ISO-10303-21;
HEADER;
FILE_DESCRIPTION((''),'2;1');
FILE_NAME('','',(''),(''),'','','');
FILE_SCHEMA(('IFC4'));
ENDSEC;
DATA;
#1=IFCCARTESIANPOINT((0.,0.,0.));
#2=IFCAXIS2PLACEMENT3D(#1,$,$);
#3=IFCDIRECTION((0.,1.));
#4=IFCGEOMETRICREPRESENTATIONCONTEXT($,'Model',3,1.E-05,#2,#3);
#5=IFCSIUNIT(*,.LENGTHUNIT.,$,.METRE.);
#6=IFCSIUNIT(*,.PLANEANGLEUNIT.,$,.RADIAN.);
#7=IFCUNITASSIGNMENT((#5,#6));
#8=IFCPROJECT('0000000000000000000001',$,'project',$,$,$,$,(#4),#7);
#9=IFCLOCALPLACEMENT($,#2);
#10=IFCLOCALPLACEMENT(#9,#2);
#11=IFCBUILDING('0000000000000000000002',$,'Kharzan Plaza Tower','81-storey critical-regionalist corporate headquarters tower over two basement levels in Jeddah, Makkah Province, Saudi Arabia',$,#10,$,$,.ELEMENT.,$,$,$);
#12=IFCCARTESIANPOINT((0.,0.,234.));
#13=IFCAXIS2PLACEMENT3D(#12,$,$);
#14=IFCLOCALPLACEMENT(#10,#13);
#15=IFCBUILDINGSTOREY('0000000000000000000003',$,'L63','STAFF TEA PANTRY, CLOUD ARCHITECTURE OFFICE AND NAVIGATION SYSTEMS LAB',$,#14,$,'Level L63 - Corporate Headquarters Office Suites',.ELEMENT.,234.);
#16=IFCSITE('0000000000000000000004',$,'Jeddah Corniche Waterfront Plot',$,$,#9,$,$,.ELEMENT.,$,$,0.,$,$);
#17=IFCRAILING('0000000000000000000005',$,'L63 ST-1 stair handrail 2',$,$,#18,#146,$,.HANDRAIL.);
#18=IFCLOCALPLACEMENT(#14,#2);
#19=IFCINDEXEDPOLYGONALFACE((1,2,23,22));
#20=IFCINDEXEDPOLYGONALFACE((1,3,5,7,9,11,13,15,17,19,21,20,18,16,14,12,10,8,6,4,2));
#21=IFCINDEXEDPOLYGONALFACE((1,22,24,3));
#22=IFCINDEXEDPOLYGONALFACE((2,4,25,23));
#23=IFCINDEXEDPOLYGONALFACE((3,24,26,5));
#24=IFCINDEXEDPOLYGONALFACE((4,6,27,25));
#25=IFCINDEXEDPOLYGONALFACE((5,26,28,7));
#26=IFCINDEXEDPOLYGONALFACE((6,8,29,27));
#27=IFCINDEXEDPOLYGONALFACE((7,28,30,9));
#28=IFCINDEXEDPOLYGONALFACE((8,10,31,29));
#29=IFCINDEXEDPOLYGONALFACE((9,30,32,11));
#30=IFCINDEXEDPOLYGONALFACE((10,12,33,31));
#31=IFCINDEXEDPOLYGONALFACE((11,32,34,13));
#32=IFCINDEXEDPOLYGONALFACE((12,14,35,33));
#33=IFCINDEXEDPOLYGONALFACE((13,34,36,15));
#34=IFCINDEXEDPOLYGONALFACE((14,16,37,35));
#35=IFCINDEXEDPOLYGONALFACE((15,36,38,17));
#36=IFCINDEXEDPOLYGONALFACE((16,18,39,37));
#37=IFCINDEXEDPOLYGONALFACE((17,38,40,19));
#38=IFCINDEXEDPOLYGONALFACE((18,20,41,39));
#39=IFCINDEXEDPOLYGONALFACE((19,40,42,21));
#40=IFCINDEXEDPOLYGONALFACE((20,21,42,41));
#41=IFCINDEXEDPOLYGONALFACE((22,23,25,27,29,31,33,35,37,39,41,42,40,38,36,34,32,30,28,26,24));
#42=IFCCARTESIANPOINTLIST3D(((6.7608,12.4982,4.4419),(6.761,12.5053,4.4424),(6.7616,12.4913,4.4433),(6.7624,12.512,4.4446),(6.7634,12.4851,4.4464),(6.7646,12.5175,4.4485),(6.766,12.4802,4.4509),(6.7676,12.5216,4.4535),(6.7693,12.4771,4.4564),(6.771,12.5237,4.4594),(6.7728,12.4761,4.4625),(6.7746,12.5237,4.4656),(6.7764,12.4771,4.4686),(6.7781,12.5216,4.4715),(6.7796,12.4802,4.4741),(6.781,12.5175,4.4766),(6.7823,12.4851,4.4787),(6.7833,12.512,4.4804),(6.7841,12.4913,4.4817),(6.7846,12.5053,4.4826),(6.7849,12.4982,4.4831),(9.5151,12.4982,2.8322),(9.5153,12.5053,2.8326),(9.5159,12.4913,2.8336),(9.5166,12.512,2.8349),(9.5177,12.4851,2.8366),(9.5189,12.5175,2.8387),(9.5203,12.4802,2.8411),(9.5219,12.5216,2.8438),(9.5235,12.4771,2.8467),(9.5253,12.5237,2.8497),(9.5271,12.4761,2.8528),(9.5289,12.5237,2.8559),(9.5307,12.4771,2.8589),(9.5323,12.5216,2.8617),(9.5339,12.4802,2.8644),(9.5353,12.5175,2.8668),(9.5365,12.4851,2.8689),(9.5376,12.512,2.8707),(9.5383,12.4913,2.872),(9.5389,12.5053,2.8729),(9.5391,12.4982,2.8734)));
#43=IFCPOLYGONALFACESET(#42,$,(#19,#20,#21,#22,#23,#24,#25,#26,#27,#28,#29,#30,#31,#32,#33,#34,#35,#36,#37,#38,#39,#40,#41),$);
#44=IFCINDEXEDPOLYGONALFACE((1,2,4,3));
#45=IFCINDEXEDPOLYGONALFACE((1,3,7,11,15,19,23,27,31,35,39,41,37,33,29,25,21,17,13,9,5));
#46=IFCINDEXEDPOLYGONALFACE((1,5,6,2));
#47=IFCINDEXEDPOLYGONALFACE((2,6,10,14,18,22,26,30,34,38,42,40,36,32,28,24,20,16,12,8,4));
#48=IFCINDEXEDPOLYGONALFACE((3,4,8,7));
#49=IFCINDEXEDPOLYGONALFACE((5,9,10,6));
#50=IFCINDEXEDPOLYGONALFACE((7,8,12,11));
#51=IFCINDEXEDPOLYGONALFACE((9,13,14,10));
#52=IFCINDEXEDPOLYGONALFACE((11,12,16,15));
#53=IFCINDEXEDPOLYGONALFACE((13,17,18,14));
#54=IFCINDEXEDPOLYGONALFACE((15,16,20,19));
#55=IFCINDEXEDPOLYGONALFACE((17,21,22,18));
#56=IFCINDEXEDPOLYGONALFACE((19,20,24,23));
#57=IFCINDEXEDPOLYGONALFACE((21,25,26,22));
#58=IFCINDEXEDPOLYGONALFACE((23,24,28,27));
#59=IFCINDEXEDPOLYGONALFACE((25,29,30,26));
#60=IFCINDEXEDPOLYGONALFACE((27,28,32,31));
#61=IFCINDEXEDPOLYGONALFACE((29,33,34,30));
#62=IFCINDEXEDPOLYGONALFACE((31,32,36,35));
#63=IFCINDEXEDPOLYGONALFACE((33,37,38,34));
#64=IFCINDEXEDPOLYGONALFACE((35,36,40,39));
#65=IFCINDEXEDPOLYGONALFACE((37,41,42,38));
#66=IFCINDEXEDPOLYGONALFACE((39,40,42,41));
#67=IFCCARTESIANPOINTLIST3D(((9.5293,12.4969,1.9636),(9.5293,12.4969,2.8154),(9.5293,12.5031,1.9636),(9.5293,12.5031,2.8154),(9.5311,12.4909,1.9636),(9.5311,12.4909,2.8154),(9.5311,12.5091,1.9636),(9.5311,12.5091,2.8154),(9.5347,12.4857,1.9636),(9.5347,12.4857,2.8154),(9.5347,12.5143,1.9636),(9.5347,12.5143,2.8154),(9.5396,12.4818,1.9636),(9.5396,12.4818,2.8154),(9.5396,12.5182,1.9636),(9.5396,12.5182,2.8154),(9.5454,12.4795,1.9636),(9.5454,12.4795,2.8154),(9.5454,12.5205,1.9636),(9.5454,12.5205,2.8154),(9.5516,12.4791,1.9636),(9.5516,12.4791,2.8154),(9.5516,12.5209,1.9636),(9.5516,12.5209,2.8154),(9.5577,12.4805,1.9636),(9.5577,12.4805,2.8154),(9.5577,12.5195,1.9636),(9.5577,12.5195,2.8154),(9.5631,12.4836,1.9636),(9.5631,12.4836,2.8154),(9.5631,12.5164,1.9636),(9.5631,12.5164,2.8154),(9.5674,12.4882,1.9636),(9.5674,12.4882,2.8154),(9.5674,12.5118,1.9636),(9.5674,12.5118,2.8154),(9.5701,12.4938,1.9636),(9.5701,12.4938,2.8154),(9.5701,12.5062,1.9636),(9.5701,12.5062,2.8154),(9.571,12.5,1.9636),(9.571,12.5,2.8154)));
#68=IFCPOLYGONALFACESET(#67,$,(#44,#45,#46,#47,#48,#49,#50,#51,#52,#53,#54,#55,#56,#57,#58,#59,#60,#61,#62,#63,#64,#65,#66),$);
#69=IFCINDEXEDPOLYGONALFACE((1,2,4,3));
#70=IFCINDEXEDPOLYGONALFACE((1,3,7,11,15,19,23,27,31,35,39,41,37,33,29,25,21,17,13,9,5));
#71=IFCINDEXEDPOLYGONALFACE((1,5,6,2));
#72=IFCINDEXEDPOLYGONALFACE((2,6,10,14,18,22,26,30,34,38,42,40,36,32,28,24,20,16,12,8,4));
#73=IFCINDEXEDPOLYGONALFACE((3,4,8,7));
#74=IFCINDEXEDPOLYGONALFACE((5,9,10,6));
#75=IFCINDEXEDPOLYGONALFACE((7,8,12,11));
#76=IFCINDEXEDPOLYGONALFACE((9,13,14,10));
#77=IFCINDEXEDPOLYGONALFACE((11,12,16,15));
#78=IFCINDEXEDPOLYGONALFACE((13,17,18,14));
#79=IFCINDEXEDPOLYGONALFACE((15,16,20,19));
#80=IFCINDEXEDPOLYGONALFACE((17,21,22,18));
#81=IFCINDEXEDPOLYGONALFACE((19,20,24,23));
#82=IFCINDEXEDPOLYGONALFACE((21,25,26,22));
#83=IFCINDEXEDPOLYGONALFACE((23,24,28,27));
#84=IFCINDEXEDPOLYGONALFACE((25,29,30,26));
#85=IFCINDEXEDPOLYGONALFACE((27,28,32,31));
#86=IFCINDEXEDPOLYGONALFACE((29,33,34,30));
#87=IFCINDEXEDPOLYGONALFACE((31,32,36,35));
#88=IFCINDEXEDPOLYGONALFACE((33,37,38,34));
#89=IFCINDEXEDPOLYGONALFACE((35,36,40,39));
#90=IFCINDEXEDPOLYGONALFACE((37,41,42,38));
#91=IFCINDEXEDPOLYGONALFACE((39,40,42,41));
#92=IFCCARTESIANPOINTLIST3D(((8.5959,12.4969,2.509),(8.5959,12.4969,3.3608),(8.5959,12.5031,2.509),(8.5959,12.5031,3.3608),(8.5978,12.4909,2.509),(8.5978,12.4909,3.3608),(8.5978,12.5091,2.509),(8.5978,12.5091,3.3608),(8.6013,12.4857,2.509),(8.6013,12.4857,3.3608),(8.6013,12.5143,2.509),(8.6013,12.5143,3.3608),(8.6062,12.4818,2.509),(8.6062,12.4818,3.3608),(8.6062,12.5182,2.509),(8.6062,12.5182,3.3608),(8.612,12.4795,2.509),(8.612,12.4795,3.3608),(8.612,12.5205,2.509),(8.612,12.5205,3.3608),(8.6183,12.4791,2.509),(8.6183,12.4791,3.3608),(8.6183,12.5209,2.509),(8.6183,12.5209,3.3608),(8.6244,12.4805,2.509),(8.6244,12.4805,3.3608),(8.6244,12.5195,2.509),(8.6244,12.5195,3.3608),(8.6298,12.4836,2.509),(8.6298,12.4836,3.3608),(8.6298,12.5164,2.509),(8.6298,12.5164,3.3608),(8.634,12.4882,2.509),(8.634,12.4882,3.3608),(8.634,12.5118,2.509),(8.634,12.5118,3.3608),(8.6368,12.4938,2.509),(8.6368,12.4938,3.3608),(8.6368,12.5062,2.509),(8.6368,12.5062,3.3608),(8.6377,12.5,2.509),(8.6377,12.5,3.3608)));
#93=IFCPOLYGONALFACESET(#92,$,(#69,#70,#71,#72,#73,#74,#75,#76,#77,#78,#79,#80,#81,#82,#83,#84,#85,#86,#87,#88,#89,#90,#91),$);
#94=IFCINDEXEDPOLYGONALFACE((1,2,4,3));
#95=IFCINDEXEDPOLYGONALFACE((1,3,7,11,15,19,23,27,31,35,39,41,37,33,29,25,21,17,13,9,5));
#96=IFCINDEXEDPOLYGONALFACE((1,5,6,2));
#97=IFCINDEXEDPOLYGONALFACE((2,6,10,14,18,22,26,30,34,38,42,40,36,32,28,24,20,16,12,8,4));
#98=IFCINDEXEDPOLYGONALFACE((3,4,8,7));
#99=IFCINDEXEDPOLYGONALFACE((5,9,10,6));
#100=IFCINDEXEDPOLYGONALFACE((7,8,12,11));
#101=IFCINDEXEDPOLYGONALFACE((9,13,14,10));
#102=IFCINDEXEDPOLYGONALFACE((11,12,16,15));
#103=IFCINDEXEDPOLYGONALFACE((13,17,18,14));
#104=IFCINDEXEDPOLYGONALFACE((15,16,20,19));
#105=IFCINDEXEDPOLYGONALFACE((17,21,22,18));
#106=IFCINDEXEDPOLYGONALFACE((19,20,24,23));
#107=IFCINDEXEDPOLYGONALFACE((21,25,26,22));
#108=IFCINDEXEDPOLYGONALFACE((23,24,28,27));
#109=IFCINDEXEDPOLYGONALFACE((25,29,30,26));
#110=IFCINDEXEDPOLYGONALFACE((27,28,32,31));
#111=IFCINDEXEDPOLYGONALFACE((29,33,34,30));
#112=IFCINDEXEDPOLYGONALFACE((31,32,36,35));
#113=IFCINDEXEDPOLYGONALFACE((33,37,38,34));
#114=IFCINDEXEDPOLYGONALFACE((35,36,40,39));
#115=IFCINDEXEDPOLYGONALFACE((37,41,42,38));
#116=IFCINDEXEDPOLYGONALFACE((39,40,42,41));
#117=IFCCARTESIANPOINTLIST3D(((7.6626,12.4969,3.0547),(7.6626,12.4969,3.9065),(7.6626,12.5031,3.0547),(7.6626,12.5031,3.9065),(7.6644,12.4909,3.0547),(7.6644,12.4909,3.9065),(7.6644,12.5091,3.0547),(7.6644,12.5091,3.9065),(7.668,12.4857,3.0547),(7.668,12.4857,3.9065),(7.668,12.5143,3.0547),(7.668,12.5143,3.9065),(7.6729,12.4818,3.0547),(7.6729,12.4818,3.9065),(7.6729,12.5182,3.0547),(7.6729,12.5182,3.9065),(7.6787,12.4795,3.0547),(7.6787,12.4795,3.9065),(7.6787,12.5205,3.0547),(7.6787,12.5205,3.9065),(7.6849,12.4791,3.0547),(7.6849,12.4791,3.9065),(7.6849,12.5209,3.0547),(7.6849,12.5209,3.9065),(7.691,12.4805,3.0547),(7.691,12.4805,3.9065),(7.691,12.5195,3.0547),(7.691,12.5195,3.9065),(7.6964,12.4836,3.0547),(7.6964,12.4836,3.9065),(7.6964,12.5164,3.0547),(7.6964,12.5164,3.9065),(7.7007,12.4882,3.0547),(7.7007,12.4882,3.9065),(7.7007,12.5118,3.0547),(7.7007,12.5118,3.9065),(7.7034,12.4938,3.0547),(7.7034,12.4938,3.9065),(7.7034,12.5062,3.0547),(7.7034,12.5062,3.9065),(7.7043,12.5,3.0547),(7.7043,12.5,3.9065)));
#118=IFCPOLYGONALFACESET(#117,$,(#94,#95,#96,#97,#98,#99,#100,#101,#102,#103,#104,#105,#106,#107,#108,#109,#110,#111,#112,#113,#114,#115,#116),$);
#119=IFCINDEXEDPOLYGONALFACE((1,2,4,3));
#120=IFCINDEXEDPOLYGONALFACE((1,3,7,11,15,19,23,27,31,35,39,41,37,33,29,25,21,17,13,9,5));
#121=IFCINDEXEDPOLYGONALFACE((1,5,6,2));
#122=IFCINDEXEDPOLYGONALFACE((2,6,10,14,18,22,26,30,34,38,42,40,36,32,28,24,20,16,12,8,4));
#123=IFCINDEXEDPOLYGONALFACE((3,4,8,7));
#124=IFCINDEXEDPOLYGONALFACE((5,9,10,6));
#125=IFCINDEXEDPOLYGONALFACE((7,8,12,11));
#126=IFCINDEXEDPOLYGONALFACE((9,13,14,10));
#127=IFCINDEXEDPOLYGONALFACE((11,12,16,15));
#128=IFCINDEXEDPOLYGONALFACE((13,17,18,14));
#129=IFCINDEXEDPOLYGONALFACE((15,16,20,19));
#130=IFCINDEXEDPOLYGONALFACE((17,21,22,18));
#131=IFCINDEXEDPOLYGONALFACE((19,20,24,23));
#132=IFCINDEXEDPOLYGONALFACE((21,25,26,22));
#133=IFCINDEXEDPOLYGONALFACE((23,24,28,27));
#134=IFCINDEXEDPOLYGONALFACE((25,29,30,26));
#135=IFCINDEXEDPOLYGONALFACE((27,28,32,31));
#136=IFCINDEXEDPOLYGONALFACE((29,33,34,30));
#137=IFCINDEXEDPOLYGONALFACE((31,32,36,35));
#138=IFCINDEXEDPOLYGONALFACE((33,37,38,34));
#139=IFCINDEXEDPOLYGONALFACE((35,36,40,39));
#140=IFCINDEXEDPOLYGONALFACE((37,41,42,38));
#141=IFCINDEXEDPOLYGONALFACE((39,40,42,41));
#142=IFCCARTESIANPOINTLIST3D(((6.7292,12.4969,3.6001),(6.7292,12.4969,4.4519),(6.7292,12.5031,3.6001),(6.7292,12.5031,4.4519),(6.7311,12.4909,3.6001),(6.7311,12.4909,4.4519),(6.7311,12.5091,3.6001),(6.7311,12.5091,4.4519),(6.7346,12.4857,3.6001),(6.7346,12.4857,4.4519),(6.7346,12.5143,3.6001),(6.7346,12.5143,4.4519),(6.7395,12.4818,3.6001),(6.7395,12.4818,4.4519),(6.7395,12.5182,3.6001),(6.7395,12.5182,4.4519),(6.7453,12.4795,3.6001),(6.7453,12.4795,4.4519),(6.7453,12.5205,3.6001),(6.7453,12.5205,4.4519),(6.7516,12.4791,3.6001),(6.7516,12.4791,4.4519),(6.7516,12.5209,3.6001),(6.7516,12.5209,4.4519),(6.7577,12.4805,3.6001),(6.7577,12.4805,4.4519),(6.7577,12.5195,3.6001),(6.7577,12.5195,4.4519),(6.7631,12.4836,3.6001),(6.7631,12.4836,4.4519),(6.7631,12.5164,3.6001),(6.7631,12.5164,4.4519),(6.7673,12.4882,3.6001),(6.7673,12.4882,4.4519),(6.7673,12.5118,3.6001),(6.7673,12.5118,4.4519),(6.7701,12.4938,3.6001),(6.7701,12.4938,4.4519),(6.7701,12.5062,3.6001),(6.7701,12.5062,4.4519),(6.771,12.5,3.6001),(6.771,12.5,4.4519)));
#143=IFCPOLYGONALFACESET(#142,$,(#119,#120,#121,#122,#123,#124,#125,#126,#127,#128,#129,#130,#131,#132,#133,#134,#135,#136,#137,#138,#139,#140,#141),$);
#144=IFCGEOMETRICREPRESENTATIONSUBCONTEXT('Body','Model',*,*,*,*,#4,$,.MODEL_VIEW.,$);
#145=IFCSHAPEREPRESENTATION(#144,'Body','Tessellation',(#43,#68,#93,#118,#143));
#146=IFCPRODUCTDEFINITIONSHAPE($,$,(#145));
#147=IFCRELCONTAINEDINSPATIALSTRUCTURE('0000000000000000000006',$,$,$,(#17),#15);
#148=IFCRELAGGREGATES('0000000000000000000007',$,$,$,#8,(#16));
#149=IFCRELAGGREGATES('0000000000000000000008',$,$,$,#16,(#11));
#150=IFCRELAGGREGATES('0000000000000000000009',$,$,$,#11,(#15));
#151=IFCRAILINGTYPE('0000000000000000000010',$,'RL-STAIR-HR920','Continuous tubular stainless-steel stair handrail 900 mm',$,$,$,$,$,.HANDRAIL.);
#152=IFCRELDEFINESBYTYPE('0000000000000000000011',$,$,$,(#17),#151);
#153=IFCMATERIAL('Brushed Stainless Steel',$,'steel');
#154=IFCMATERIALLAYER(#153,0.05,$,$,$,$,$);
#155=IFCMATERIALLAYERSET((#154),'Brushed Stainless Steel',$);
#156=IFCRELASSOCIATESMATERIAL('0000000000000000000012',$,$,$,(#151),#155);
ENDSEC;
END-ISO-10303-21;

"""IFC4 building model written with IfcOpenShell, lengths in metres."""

from ifc_helpers import new_model, si_unit, direction, frame, origin, origin_2d, place, context, subcontext, project, spatial, circle, extrude, source, transform, mapped, material, layer, layer_set, type_object, element, save


model = new_model("IFC4")

# Units and contexts
model_context = context("Model", 3, precision=1e-05, world=origin(), true_north=direction((0.0, 1.0)))
body_context = subcontext(model_context, "Body", "Model", "MODEL_VIEW")
ifc_project = project(units=[si_unit("LENGTHUNIT", "METRE"), si_unit("PLANEANGLEUNIT", "RADIAN")], contexts=[model_context])

# Site, building, storey
site_placement = place(None, origin())
site = spatial("IfcSite", under=ifc_project, at=site_placement, Name="Jeddah Corniche Waterfront Plot", CompositionType="ELEMENT", RefElevation=0.0)
building_placement = place(site_placement, origin())
building = spatial("IfcBuilding", under=site, at=building_placement, Name="Kharzan Plaza Tower", Description="81-storey critical-regionalist corporate headquarters tower over two basement levels in Jeddah, Makkah Province, Saudi Arabia", CompositionType="ELEMENT")
storey_placement = place(building_placement, frame((0.0, 0.0, 234.0)))
storey = spatial("IfcBuildingStorey", under=building, at=storey_placement, Name="L63", Description="STAFF TEA PANTRY, CLOUD ARCHITECTURE OFFICE AND NAVIGATION SYSTEMS LAB", LongName="Level L63 - Corporate Headquarters Office Suites", CompositionType="ELEMENT", Elevation=234.0)

# Shared definitions
ifc_material_1 = material(Name="Brushed Stainless Steel", Category="steel")

# Railing
ifc_layer_1 = layer(ifc_material_1, 0.05)
ifc_layer_set_1 = layer_set([ifc_layer_1], Name="Brushed Stainless Steel")
railing_type_1 = type_object("IfcRailingType", Name="RL-STAIR-HR920", Description="Continuous tubular stainless-steel stair handrail 900 mm", PredefinedType="HANDRAIL", material=ifc_layer_set_1)
shared_shape_1 = source(origin(), body_context, "Body", "SweptSolid", [
    extrude(circle(Radius=0.0239, at=origin_2d()), frame((-0.0229, 0.0, 0.8892), z_axis=(-0.863361, 0.0, 0.504587), x_axis=(0.0, -1.0, 0.0)), (0.0, 0.0, 1.0), 3.1902),
    extrude(circle(Radius=0.021, at=origin_2d()), origin(), (0.0, 0.0, 1.0), 0.8518),
    extrude(circle(Radius=0.021, at=origin_2d()), frame((-0.9333, 0.0, 0.5454)), (0.0, 0.0, 1.0), 0.8518),
    extrude(circle(Radius=0.021, at=origin_2d()), frame((-1.8667, 0.0, 1.0911)), (0.0, 0.0, 1.0), 0.8518),
    extrude(circle(Radius=0.021, at=origin_2d()), frame((-2.8, 0.0, 1.6365)), (0.0, 0.0, 1.0), 0.8518),
])
railing_1_placement = place(storey_placement, frame((9.55, 12.5, 1.9636)))
element("IfcRailing", 1, at=railing_1_placement, inside=storey, type_object=railing_type_1, Name="L63 ST-1 stair handrail 2", PredefinedType="HANDRAIL", context=body_context, shape_type="MappedRepresentation", body=[
    mapped(shared_shape_1, transform((0.0, 0.0, 0.0), x_axis=(1.0, 0.0, 0.0), y_axis=(0.0, 1.0, 0.0), z_axis=(0.0, 0.0, 1.0))),
])

save(model, "model.ifc")
